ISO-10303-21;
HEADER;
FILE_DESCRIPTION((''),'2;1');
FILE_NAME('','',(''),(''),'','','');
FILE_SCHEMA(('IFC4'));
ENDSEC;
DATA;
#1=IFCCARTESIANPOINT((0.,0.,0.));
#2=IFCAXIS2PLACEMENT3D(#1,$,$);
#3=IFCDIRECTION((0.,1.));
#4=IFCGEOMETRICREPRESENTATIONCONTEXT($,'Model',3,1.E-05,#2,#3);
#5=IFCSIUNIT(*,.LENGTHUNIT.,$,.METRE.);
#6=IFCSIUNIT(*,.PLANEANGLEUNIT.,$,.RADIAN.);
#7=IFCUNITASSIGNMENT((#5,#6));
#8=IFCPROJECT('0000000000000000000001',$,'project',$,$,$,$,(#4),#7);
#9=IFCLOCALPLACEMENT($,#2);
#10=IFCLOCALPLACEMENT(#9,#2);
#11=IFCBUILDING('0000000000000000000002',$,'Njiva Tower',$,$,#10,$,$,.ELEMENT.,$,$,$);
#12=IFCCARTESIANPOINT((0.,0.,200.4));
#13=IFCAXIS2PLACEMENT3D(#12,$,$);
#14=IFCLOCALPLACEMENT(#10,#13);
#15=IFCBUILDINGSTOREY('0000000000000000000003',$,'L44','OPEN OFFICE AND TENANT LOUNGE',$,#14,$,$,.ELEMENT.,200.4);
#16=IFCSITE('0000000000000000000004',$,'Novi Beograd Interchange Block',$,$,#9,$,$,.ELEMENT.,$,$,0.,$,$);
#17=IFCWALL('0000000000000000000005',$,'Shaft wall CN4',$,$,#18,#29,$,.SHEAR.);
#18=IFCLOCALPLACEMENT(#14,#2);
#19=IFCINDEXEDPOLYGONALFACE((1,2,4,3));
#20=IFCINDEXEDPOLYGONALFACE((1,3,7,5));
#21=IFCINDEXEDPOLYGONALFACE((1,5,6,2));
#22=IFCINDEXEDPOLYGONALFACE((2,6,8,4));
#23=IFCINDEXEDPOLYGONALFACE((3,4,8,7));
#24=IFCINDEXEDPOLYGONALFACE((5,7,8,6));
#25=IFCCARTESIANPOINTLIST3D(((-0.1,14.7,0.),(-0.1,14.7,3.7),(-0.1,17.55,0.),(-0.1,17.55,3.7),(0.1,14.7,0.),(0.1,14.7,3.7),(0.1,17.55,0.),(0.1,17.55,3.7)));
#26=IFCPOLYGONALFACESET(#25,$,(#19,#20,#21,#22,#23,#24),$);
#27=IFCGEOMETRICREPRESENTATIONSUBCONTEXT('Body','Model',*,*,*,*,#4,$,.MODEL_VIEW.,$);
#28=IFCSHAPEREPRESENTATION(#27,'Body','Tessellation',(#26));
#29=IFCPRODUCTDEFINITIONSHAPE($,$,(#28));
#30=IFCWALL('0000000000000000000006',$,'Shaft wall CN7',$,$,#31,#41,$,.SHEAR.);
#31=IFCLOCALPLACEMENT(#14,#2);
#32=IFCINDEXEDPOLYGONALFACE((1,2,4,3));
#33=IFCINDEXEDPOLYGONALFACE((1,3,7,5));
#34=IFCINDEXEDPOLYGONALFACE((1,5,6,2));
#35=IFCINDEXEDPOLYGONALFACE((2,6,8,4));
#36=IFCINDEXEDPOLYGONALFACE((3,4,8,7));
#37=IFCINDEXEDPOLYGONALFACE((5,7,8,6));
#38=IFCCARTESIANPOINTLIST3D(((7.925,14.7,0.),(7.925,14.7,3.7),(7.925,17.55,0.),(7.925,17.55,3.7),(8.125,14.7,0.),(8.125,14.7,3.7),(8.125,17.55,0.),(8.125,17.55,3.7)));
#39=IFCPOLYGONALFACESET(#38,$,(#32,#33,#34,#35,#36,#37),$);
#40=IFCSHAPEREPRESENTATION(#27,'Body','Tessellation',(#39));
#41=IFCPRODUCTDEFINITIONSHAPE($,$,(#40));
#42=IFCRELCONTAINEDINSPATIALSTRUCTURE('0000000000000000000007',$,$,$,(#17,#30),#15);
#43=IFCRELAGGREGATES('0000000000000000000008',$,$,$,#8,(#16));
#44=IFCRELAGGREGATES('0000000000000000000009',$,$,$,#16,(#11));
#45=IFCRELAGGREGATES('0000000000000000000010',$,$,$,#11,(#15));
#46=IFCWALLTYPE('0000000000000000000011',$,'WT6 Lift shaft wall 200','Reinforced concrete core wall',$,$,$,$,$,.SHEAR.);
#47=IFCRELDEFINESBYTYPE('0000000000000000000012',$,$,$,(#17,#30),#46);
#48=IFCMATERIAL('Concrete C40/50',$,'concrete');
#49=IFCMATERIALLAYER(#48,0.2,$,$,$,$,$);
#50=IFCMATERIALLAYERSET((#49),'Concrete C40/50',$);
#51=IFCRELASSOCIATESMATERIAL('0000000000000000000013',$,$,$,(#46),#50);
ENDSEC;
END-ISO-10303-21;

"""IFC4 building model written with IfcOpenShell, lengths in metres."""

from ifc_helpers import new_model, si_unit, direction, frame, frame_2d, origin, place, context, subcontext, project, spatial, rectangle, extrude, material, layer, layer_set, type_object, element, save


model = new_model("IFC4")

# Units and contexts
model_context = context("Model", 3, precision=1e-05, world=origin(), true_north=direction((0.0, 1.0)))
body_context = subcontext(model_context, "Body", "Model", "MODEL_VIEW")
ifc_project = project(units=[si_unit("LENGTHUNIT", "METRE"), si_unit("PLANEANGLEUNIT", "RADIAN")], contexts=[model_context])

# Site, building, storey
site_placement = place(None, origin())
site = spatial("IfcSite", under=ifc_project, at=site_placement, Name="Novi Beograd Interchange Block", CompositionType="ELEMENT", RefElevation=0.0)
building_placement = place(site_placement, origin())
building = spatial("IfcBuilding", under=site, at=building_placement, Name="Njiva Tower", CompositionType="ELEMENT")
storey_placement = place(building_placement, frame((0.0, 0.0, 200.4)))
storey = spatial("IfcBuildingStorey", under=building, at=storey_placement, Name="L44", Description="OPEN OFFICE AND TENANT LOUNGE", CompositionType="ELEMENT", Elevation=200.4)

# Walls
ifc_material_1 = material(Name="Concrete C40/50", Category="concrete")
ifc_layer_1 = layer(ifc_material_1, 0.2)
ifc_layer_set_1 = layer_set([ifc_layer_1], Name="Concrete C40/50")
wall_type_1 = type_object("IfcWallType", Name="WT6 Lift shaft wall 200", Description="Reinforced concrete core wall", PredefinedType="SHEAR", material=ifc_layer_set_1)
for number, where, z_axis, x_axis, name in (
    (1, (0.0, 14.7, 0.0), (0.0, 0.0, 1.0), (0.0, 1.0, 0.0), "Shaft wall CN4"),
    (2, (8.025, 14.7, 0.0), (0.0, 0.0, 1.0), (0.0, 1.0, 0.0), "Shaft wall CN7"),
):
    element("IfcWall", number, at=place(storey_placement, frame(where, z_axis=z_axis, x_axis=x_axis)), inside=storey, type_object=wall_type_1, Name=name, PredefinedType="SHEAR", context=body_context, shape_type="SweptSolid", body=[
        extrude(rectangle(XDim=2.85, YDim=0.2, at=frame_2d((1.425, 0.0))), origin(), (0.0, 0.0, 1.0), 3.7),
    ])

save(model, "model.ifc")
